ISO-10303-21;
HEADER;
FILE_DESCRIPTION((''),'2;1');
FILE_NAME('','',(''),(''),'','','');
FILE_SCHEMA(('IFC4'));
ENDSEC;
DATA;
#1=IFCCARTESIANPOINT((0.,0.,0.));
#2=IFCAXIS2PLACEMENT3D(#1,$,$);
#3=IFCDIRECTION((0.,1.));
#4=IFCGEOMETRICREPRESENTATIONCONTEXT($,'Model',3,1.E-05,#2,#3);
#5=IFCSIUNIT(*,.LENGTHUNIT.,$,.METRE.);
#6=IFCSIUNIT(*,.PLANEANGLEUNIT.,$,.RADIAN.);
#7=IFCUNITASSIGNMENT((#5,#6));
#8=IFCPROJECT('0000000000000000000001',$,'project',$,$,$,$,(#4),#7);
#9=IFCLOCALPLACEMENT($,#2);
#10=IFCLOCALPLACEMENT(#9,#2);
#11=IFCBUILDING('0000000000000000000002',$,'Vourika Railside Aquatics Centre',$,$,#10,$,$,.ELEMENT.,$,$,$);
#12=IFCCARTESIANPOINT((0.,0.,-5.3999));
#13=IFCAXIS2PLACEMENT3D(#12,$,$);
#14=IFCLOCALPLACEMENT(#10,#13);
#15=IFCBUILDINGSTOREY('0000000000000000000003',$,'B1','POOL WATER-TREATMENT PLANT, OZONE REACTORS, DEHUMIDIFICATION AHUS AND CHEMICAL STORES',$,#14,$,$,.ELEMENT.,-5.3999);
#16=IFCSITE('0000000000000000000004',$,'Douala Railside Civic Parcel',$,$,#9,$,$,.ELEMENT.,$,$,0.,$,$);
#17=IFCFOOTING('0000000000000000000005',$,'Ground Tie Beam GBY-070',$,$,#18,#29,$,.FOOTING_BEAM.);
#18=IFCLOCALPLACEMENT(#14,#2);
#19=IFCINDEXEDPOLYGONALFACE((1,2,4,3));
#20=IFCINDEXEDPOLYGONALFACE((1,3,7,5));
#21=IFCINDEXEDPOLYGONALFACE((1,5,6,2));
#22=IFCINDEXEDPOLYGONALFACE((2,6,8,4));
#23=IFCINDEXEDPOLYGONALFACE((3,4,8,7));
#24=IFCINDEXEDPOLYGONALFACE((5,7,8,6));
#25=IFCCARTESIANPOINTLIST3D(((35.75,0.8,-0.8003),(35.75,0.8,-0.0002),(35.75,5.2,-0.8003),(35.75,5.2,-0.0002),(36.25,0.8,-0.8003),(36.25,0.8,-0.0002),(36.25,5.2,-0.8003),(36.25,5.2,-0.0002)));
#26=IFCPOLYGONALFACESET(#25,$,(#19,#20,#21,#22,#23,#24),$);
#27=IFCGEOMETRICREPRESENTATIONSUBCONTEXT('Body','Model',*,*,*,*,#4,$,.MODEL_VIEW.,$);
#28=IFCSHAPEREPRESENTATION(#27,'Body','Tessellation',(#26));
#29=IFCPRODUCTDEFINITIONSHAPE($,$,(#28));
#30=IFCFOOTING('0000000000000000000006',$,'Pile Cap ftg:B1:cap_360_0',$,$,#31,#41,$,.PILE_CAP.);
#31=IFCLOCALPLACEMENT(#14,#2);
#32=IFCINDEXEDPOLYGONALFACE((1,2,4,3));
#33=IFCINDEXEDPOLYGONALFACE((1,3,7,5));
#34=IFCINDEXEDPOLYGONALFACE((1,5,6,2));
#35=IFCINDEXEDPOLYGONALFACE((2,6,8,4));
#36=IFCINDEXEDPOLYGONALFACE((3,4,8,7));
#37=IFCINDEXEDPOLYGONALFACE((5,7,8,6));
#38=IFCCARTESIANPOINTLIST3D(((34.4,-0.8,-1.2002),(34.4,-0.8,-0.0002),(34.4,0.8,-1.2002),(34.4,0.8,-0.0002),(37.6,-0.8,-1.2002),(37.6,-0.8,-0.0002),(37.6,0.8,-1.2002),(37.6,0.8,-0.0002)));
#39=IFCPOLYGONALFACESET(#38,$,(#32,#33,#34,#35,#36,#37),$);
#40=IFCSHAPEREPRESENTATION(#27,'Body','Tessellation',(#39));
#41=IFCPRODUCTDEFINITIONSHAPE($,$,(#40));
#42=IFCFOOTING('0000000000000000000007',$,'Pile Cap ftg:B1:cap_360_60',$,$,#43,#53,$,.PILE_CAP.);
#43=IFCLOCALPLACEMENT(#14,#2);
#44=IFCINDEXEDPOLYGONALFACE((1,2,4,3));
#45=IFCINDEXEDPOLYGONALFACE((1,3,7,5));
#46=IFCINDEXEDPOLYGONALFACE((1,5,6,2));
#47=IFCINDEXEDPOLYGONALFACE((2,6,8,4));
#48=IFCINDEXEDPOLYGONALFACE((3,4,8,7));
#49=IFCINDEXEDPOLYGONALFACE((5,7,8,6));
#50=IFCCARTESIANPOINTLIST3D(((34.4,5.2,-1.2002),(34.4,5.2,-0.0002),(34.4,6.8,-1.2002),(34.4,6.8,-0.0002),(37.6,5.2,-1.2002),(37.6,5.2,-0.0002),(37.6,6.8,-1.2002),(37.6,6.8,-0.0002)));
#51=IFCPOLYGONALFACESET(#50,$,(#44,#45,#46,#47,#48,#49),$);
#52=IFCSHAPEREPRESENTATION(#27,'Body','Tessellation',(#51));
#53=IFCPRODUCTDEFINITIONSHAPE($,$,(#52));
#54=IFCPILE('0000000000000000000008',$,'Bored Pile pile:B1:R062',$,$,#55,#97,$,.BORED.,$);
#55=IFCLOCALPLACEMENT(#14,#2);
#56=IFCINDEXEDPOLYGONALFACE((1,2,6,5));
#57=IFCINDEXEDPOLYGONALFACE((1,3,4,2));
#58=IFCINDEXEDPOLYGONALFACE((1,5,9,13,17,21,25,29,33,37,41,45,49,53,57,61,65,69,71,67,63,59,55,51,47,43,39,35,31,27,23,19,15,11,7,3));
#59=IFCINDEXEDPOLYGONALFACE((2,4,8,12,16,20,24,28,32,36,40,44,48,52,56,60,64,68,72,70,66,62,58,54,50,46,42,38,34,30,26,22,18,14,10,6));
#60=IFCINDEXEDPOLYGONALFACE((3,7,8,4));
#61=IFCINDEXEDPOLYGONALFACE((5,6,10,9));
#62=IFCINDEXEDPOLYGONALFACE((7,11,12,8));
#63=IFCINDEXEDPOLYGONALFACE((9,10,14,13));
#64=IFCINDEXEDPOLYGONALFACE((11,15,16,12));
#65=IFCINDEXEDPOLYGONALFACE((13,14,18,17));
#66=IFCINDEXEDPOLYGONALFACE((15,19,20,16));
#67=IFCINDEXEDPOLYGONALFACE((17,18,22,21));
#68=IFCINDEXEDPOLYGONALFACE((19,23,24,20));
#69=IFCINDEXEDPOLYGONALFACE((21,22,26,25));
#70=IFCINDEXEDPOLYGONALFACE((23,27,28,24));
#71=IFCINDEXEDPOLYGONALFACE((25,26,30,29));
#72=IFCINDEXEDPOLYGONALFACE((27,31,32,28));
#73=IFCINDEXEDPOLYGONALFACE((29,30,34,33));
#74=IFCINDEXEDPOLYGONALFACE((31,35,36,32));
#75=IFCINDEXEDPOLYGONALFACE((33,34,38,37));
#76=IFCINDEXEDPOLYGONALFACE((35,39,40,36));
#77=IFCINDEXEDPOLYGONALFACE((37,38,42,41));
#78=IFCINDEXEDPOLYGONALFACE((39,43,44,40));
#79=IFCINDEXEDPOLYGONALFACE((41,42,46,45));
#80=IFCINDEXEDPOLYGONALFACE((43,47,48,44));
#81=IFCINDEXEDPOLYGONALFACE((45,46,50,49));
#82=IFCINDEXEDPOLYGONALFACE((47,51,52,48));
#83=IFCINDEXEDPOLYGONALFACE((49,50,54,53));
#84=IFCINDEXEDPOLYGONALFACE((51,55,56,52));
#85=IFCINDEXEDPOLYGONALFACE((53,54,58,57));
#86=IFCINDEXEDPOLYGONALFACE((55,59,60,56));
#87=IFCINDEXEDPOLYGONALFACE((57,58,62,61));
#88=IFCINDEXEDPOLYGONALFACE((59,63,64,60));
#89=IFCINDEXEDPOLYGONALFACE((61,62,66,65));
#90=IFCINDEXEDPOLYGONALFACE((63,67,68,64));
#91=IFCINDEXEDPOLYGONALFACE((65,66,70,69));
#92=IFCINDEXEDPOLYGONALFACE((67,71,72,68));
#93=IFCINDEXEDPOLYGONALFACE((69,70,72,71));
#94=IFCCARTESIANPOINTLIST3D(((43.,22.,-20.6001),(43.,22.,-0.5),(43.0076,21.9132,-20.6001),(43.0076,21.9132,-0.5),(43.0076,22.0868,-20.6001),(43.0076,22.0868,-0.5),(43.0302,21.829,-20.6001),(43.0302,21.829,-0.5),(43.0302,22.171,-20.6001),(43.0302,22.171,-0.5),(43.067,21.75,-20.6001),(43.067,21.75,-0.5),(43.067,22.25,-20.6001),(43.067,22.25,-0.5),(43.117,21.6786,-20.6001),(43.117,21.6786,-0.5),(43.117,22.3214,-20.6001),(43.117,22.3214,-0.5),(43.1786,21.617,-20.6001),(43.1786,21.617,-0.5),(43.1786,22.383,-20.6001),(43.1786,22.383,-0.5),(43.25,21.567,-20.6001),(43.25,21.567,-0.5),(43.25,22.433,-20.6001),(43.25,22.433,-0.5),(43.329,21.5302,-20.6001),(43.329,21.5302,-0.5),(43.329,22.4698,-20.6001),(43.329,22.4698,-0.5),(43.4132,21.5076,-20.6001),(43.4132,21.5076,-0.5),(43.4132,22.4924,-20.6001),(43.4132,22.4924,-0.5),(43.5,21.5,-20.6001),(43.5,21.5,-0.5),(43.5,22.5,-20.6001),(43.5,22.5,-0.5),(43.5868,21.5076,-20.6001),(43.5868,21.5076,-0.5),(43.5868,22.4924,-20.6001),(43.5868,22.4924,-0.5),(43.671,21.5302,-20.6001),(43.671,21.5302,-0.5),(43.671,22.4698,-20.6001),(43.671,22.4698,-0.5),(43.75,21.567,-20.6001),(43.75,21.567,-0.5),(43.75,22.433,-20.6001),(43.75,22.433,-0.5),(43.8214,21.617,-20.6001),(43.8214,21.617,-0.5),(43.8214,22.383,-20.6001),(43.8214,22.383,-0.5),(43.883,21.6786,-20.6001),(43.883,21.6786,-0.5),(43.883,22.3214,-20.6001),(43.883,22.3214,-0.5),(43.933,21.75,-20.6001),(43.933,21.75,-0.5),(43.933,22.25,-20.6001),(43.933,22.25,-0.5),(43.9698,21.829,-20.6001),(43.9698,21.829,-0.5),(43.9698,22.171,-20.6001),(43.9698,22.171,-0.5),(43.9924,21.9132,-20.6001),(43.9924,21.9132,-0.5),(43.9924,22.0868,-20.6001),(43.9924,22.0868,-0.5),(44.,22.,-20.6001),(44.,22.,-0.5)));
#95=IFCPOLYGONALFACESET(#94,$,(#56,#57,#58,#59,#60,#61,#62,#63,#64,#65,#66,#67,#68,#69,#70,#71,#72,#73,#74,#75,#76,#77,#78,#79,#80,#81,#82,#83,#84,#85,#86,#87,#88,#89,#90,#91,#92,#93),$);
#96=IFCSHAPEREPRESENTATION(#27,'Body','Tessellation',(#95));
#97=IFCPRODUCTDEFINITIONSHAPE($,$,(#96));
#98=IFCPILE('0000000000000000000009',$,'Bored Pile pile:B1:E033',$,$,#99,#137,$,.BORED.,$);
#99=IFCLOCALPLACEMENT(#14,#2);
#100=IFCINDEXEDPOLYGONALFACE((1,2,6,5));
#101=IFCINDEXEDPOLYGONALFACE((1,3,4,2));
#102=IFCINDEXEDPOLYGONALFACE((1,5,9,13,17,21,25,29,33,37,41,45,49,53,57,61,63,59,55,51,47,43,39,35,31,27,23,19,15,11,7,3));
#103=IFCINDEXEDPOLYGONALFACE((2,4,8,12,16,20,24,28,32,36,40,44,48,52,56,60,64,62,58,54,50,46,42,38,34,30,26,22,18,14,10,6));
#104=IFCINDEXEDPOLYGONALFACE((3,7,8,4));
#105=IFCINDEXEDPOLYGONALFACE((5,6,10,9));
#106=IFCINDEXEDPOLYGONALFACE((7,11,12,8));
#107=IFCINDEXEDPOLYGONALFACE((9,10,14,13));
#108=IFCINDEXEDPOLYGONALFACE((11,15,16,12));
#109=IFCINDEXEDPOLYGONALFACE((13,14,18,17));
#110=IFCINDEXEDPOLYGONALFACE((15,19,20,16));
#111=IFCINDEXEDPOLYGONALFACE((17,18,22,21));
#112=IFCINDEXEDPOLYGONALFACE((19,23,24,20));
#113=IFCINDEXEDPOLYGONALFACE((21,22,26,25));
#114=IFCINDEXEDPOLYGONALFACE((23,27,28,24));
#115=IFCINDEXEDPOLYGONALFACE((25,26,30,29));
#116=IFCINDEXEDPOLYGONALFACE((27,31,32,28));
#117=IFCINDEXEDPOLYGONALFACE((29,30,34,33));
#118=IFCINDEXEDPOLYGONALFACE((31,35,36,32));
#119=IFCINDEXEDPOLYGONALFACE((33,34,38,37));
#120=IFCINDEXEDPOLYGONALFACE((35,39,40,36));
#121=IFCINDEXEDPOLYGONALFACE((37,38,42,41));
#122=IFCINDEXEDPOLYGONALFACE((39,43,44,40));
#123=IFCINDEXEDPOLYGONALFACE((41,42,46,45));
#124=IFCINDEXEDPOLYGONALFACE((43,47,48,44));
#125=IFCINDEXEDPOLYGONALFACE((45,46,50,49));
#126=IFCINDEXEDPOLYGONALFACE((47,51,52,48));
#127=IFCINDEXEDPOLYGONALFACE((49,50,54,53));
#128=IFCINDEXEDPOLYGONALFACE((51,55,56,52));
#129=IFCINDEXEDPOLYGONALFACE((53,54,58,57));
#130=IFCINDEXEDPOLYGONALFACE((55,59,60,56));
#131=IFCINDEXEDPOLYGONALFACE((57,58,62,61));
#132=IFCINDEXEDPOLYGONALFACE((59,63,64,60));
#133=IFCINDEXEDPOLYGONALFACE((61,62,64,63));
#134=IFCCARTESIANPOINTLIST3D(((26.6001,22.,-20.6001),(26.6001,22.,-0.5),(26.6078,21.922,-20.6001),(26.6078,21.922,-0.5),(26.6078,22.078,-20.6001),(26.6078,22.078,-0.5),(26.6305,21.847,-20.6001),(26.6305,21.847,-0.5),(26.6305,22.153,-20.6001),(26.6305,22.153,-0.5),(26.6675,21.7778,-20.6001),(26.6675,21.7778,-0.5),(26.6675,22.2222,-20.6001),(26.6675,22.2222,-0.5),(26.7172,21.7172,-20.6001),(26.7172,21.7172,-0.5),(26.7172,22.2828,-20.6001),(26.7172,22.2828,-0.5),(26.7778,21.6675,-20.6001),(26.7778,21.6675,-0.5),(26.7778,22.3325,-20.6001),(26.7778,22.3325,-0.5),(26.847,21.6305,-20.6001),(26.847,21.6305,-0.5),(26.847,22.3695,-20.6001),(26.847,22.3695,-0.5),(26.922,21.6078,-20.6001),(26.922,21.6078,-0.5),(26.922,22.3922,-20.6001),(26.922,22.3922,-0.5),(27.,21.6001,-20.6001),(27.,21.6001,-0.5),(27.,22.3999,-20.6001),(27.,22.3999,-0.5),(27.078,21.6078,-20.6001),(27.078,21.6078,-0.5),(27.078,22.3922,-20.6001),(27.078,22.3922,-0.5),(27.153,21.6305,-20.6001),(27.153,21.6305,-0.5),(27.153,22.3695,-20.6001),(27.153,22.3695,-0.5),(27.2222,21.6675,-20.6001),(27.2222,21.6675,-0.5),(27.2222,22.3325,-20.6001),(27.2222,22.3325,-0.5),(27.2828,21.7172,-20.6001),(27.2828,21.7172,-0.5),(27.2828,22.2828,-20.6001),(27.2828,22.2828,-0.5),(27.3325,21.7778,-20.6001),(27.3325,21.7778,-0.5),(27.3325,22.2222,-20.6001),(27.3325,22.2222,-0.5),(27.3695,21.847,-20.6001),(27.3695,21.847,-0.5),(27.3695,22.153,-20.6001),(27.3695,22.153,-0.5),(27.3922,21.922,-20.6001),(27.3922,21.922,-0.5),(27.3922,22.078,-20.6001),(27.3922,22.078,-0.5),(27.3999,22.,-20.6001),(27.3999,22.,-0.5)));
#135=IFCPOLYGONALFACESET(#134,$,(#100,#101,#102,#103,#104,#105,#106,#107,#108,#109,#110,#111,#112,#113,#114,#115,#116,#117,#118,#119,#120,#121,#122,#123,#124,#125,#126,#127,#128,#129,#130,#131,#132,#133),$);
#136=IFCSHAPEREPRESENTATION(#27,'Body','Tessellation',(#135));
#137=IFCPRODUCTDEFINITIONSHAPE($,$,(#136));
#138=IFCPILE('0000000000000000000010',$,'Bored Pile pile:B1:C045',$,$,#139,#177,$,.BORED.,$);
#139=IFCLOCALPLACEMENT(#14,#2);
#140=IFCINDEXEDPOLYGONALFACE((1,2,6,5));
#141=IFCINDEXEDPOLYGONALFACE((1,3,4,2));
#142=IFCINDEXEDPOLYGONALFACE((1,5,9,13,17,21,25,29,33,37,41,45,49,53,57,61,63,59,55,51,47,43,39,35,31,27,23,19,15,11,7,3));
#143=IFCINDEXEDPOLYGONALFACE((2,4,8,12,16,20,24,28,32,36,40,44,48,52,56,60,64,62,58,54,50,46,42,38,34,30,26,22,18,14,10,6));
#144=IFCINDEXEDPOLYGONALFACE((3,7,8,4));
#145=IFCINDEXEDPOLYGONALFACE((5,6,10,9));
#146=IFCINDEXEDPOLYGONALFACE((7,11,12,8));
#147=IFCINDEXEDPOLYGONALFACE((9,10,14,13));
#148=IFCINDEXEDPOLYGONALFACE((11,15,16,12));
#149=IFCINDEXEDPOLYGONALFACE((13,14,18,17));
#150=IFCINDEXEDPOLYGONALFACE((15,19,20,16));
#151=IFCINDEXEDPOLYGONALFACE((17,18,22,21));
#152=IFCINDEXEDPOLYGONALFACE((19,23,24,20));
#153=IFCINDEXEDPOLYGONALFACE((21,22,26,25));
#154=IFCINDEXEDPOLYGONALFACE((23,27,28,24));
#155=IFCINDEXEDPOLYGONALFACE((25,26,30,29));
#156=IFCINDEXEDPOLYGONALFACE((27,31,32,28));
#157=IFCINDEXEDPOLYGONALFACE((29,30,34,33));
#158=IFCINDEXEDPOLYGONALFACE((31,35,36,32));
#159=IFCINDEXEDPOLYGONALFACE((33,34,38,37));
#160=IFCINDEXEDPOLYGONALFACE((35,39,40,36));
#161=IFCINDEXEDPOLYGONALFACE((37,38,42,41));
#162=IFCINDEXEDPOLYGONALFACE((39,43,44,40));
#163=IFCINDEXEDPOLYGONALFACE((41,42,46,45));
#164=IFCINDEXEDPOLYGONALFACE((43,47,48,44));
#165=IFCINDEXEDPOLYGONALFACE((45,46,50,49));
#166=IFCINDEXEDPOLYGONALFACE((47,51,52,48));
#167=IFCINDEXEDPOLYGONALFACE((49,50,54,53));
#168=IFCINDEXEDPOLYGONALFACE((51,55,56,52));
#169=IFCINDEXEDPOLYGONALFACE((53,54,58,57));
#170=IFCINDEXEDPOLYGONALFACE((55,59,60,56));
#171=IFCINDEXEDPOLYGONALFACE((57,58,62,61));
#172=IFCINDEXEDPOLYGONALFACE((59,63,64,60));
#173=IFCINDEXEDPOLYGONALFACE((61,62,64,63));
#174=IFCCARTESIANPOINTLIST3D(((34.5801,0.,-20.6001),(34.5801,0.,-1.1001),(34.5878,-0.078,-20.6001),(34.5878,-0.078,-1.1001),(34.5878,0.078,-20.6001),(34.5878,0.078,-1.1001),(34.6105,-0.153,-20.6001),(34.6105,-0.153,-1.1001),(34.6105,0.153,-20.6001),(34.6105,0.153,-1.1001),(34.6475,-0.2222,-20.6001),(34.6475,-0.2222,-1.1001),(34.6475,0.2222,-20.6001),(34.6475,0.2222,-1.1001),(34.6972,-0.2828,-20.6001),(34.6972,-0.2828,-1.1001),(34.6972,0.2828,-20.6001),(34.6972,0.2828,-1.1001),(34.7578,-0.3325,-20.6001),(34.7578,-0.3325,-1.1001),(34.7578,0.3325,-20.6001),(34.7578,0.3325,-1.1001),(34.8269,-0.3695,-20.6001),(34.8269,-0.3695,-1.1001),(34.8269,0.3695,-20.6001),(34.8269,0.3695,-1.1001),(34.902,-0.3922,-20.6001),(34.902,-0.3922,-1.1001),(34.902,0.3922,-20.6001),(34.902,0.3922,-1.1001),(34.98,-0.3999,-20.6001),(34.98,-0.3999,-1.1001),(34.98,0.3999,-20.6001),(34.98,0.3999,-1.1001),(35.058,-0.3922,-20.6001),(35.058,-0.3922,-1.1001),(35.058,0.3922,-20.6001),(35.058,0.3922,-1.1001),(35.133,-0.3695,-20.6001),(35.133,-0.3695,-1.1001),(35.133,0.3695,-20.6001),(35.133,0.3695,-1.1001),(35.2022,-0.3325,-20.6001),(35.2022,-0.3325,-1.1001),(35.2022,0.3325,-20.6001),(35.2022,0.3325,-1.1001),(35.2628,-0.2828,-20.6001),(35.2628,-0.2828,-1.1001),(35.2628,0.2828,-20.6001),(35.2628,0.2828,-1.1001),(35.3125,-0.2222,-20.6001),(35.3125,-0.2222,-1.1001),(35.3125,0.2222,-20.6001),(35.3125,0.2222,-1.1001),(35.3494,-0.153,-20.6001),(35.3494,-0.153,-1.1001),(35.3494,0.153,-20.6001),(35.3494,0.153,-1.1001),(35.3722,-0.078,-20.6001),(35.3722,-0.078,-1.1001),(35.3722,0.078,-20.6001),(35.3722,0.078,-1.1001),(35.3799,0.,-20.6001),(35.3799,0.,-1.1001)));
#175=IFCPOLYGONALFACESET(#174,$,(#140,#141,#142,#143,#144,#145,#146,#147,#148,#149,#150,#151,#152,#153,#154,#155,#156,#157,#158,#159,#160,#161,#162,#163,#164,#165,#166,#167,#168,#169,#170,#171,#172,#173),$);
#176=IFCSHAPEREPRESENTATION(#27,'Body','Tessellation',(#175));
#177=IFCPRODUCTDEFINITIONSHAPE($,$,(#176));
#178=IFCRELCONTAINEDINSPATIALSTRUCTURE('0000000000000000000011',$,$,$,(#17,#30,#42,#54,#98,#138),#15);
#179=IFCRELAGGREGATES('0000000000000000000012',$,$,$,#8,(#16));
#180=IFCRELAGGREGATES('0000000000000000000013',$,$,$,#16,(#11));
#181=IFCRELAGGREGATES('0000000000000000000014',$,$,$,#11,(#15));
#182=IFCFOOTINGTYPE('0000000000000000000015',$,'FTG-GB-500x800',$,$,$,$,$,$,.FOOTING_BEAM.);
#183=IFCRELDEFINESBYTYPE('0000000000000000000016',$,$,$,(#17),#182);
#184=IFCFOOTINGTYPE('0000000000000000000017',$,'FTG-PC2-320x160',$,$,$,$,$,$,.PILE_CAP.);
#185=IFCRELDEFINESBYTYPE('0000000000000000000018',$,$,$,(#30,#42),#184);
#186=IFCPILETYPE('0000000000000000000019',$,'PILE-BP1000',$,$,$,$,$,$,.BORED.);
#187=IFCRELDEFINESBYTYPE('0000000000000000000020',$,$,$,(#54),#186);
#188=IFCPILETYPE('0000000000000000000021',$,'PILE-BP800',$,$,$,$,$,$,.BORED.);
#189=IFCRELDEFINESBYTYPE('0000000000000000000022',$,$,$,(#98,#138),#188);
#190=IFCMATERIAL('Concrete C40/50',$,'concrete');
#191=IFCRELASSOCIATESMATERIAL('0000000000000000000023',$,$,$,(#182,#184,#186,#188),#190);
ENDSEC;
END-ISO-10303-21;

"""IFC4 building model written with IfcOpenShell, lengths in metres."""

from ifc_helpers import new_model, si_unit, direction, frame, origin, origin_2d, place, context, subcontext, project, spatial, rectangle, circle, extrude, material, material_profile, profile_set, type_object, element, save


model = new_model("IFC4")

# Units and contexts
model_context = context("Model", 3, precision=1e-05, world=origin(), true_north=direction((0.0, 1.0)))
body_context = subcontext(model_context, "Body", "Model", "MODEL_VIEW")
ifc_project = project(units=[si_unit("LENGTHUNIT", "METRE"), si_unit("PLANEANGLEUNIT", "RADIAN")], contexts=[model_context])

# Site, building, storey
site_placement = place(None, origin())
site = spatial("IfcSite", under=ifc_project, at=site_placement, Name="Douala Railside Civic Parcel", CompositionType="ELEMENT", RefElevation=0.0)
building_placement = place(site_placement, origin())
building = spatial("IfcBuilding", under=site, at=building_placement, Name="Vourika Railside Aquatics Centre", CompositionType="ELEMENT")
storey_placement = place(building_placement, frame((0.0, 0.0, -5.3999)))
storey = spatial("IfcBuildingStorey", under=building, at=storey_placement, Name="B1", Description="POOL WATER-TREATMENT PLANT, OZONE REACTORS, DEHUMIDIFICATION AHUS AND CHEMICAL STORES", CompositionType="ELEMENT", Elevation=-5.3999)

# Footings
ifc_material_1 = material(Name="Concrete C40/50", Category="concrete")
footing_type_1 = type_object("IfcFootingType", Name="FTG-GB-500x800", PredefinedType="FOOTING_BEAM", material=ifc_material_1)
footing_placement = place(storey_placement, frame((36.0, 3.0, -0.8003), z_axis=(0.0, 0.0, 1.0), x_axis=(0.0, 1.0, 0.0)))
element("IfcFooting", 1, at=footing_placement, inside=storey, type_object=footing_type_1, Name="Ground Tie Beam GBY-070", PredefinedType="FOOTING_BEAM", context=body_context, shape_type="SweptSolid", body=[
    extrude(rectangle(XDim=4.3999, YDim=0.5, at=origin_2d()), origin(), (0.0, 0.0, 1.0), 0.8),
])
footing_type_2 = type_object("IfcFootingType", Name="FTG-PC2-320x160", PredefinedType="PILE_CAP", material=ifc_material_1)
for number, where, z_axis, x_axis, name in (
    (2, (36.0, 0.0, -1.2002), (0.0, 0.0, 1.0), (1.0, 0.0, 0.0), "Pile Cap ftg:B1:cap_360_0"),
    (3, (36.0, 6.0, -1.2002), (0.0, 0.0, 1.0), (1.0, 0.0, 0.0), "Pile Cap ftg:B1:cap_360_60"),
):
    element("IfcFooting", number, at=place(storey_placement, frame(where, z_axis=z_axis, x_axis=x_axis)), inside=storey, type_object=footing_type_2, Name=name, PredefinedType="PILE_CAP", context=body_context, shape_type="SweptSolid", body=[
        extrude(rectangle(XDim=3.2, YDim=1.6001, at=origin_2d()), origin(), (0.0, 0.0, 1.0), 1.2),
    ])

# Piles
ifc_material_profile_1 = material_profile(ifc_material_1, circle(Radius=0.5, at=origin_2d()), Name="BP 1000")
ifc_profile_set_1 = profile_set([ifc_material_profile_1], Name="Concrete C40/50")
pile_type_1 = type_object("IfcPileType", Name="PILE-BP1000", PredefinedType="BORED", material=ifc_profile_set_1)
pile_1_placement = place(storey_placement, frame((43.5, 22.0, -0.5), z_axis=(0.0, 0.0, -1.0), x_axis=(1.0, 0.0, 0.0)))
element("IfcPile", 4, at=pile_1_placement, inside=storey, type_object=pile_type_1, Name="Bored Pile pile:B1:R062", PredefinedType="BORED", context=body_context, shape_type="SweptSolid", body=[
    extrude(circle(Radius=0.5, at=origin_2d()), origin(), (0.0, 0.0, 1.0), 20.1001),
])
ifc_material_profile_2 = material_profile(ifc_material_1, circle(Radius=0.3999, at=origin_2d()), Name="BP 800")
ifc_profile_set_2 = profile_set([ifc_material_profile_2], Name="Concrete C40/50")
pile_type_2 = type_object("IfcPileType", Name="PILE-BP800", PredefinedType="BORED", material=ifc_profile_set_2)
pile_2_placement = place(storey_placement, frame((27.0, 22.0, -0.5), z_axis=(0.0, 0.0, -1.0), x_axis=(1.0, 0.0, 0.0)))
element("IfcPile", 5, at=pile_2_placement, inside=storey, type_object=pile_type_2, Name="Bored Pile pile:B1:E033", PredefinedType="BORED", context=body_context, shape_type="SweptSolid", body=[
    extrude(circle(Radius=0.3999, at=origin_2d()), origin(), (0.0, 0.0, 1.0), 20.1001),
])
for number, where, z_axis, x_axis, name in (
    (6, (34.98, 0.0, -1.1001), (0.0, 0.0, -1.0), (1.0, 0.0, 0.0), "Bored Pile pile:B1:C045"),
):
    element("IfcPile", number, at=place(storey_placement, frame(where, z_axis=z_axis, x_axis=x_axis)), inside=storey, type_object=pile_type_2, Name=name, PredefinedType="BORED", context=body_context, shape_type="SweptSolid", body=[
        extrude(circle(Radius=0.3999, at=origin_2d()), origin(), (0.0, 0.0, 1.0), 19.5),
    ])

save(model, "model.ifc")
